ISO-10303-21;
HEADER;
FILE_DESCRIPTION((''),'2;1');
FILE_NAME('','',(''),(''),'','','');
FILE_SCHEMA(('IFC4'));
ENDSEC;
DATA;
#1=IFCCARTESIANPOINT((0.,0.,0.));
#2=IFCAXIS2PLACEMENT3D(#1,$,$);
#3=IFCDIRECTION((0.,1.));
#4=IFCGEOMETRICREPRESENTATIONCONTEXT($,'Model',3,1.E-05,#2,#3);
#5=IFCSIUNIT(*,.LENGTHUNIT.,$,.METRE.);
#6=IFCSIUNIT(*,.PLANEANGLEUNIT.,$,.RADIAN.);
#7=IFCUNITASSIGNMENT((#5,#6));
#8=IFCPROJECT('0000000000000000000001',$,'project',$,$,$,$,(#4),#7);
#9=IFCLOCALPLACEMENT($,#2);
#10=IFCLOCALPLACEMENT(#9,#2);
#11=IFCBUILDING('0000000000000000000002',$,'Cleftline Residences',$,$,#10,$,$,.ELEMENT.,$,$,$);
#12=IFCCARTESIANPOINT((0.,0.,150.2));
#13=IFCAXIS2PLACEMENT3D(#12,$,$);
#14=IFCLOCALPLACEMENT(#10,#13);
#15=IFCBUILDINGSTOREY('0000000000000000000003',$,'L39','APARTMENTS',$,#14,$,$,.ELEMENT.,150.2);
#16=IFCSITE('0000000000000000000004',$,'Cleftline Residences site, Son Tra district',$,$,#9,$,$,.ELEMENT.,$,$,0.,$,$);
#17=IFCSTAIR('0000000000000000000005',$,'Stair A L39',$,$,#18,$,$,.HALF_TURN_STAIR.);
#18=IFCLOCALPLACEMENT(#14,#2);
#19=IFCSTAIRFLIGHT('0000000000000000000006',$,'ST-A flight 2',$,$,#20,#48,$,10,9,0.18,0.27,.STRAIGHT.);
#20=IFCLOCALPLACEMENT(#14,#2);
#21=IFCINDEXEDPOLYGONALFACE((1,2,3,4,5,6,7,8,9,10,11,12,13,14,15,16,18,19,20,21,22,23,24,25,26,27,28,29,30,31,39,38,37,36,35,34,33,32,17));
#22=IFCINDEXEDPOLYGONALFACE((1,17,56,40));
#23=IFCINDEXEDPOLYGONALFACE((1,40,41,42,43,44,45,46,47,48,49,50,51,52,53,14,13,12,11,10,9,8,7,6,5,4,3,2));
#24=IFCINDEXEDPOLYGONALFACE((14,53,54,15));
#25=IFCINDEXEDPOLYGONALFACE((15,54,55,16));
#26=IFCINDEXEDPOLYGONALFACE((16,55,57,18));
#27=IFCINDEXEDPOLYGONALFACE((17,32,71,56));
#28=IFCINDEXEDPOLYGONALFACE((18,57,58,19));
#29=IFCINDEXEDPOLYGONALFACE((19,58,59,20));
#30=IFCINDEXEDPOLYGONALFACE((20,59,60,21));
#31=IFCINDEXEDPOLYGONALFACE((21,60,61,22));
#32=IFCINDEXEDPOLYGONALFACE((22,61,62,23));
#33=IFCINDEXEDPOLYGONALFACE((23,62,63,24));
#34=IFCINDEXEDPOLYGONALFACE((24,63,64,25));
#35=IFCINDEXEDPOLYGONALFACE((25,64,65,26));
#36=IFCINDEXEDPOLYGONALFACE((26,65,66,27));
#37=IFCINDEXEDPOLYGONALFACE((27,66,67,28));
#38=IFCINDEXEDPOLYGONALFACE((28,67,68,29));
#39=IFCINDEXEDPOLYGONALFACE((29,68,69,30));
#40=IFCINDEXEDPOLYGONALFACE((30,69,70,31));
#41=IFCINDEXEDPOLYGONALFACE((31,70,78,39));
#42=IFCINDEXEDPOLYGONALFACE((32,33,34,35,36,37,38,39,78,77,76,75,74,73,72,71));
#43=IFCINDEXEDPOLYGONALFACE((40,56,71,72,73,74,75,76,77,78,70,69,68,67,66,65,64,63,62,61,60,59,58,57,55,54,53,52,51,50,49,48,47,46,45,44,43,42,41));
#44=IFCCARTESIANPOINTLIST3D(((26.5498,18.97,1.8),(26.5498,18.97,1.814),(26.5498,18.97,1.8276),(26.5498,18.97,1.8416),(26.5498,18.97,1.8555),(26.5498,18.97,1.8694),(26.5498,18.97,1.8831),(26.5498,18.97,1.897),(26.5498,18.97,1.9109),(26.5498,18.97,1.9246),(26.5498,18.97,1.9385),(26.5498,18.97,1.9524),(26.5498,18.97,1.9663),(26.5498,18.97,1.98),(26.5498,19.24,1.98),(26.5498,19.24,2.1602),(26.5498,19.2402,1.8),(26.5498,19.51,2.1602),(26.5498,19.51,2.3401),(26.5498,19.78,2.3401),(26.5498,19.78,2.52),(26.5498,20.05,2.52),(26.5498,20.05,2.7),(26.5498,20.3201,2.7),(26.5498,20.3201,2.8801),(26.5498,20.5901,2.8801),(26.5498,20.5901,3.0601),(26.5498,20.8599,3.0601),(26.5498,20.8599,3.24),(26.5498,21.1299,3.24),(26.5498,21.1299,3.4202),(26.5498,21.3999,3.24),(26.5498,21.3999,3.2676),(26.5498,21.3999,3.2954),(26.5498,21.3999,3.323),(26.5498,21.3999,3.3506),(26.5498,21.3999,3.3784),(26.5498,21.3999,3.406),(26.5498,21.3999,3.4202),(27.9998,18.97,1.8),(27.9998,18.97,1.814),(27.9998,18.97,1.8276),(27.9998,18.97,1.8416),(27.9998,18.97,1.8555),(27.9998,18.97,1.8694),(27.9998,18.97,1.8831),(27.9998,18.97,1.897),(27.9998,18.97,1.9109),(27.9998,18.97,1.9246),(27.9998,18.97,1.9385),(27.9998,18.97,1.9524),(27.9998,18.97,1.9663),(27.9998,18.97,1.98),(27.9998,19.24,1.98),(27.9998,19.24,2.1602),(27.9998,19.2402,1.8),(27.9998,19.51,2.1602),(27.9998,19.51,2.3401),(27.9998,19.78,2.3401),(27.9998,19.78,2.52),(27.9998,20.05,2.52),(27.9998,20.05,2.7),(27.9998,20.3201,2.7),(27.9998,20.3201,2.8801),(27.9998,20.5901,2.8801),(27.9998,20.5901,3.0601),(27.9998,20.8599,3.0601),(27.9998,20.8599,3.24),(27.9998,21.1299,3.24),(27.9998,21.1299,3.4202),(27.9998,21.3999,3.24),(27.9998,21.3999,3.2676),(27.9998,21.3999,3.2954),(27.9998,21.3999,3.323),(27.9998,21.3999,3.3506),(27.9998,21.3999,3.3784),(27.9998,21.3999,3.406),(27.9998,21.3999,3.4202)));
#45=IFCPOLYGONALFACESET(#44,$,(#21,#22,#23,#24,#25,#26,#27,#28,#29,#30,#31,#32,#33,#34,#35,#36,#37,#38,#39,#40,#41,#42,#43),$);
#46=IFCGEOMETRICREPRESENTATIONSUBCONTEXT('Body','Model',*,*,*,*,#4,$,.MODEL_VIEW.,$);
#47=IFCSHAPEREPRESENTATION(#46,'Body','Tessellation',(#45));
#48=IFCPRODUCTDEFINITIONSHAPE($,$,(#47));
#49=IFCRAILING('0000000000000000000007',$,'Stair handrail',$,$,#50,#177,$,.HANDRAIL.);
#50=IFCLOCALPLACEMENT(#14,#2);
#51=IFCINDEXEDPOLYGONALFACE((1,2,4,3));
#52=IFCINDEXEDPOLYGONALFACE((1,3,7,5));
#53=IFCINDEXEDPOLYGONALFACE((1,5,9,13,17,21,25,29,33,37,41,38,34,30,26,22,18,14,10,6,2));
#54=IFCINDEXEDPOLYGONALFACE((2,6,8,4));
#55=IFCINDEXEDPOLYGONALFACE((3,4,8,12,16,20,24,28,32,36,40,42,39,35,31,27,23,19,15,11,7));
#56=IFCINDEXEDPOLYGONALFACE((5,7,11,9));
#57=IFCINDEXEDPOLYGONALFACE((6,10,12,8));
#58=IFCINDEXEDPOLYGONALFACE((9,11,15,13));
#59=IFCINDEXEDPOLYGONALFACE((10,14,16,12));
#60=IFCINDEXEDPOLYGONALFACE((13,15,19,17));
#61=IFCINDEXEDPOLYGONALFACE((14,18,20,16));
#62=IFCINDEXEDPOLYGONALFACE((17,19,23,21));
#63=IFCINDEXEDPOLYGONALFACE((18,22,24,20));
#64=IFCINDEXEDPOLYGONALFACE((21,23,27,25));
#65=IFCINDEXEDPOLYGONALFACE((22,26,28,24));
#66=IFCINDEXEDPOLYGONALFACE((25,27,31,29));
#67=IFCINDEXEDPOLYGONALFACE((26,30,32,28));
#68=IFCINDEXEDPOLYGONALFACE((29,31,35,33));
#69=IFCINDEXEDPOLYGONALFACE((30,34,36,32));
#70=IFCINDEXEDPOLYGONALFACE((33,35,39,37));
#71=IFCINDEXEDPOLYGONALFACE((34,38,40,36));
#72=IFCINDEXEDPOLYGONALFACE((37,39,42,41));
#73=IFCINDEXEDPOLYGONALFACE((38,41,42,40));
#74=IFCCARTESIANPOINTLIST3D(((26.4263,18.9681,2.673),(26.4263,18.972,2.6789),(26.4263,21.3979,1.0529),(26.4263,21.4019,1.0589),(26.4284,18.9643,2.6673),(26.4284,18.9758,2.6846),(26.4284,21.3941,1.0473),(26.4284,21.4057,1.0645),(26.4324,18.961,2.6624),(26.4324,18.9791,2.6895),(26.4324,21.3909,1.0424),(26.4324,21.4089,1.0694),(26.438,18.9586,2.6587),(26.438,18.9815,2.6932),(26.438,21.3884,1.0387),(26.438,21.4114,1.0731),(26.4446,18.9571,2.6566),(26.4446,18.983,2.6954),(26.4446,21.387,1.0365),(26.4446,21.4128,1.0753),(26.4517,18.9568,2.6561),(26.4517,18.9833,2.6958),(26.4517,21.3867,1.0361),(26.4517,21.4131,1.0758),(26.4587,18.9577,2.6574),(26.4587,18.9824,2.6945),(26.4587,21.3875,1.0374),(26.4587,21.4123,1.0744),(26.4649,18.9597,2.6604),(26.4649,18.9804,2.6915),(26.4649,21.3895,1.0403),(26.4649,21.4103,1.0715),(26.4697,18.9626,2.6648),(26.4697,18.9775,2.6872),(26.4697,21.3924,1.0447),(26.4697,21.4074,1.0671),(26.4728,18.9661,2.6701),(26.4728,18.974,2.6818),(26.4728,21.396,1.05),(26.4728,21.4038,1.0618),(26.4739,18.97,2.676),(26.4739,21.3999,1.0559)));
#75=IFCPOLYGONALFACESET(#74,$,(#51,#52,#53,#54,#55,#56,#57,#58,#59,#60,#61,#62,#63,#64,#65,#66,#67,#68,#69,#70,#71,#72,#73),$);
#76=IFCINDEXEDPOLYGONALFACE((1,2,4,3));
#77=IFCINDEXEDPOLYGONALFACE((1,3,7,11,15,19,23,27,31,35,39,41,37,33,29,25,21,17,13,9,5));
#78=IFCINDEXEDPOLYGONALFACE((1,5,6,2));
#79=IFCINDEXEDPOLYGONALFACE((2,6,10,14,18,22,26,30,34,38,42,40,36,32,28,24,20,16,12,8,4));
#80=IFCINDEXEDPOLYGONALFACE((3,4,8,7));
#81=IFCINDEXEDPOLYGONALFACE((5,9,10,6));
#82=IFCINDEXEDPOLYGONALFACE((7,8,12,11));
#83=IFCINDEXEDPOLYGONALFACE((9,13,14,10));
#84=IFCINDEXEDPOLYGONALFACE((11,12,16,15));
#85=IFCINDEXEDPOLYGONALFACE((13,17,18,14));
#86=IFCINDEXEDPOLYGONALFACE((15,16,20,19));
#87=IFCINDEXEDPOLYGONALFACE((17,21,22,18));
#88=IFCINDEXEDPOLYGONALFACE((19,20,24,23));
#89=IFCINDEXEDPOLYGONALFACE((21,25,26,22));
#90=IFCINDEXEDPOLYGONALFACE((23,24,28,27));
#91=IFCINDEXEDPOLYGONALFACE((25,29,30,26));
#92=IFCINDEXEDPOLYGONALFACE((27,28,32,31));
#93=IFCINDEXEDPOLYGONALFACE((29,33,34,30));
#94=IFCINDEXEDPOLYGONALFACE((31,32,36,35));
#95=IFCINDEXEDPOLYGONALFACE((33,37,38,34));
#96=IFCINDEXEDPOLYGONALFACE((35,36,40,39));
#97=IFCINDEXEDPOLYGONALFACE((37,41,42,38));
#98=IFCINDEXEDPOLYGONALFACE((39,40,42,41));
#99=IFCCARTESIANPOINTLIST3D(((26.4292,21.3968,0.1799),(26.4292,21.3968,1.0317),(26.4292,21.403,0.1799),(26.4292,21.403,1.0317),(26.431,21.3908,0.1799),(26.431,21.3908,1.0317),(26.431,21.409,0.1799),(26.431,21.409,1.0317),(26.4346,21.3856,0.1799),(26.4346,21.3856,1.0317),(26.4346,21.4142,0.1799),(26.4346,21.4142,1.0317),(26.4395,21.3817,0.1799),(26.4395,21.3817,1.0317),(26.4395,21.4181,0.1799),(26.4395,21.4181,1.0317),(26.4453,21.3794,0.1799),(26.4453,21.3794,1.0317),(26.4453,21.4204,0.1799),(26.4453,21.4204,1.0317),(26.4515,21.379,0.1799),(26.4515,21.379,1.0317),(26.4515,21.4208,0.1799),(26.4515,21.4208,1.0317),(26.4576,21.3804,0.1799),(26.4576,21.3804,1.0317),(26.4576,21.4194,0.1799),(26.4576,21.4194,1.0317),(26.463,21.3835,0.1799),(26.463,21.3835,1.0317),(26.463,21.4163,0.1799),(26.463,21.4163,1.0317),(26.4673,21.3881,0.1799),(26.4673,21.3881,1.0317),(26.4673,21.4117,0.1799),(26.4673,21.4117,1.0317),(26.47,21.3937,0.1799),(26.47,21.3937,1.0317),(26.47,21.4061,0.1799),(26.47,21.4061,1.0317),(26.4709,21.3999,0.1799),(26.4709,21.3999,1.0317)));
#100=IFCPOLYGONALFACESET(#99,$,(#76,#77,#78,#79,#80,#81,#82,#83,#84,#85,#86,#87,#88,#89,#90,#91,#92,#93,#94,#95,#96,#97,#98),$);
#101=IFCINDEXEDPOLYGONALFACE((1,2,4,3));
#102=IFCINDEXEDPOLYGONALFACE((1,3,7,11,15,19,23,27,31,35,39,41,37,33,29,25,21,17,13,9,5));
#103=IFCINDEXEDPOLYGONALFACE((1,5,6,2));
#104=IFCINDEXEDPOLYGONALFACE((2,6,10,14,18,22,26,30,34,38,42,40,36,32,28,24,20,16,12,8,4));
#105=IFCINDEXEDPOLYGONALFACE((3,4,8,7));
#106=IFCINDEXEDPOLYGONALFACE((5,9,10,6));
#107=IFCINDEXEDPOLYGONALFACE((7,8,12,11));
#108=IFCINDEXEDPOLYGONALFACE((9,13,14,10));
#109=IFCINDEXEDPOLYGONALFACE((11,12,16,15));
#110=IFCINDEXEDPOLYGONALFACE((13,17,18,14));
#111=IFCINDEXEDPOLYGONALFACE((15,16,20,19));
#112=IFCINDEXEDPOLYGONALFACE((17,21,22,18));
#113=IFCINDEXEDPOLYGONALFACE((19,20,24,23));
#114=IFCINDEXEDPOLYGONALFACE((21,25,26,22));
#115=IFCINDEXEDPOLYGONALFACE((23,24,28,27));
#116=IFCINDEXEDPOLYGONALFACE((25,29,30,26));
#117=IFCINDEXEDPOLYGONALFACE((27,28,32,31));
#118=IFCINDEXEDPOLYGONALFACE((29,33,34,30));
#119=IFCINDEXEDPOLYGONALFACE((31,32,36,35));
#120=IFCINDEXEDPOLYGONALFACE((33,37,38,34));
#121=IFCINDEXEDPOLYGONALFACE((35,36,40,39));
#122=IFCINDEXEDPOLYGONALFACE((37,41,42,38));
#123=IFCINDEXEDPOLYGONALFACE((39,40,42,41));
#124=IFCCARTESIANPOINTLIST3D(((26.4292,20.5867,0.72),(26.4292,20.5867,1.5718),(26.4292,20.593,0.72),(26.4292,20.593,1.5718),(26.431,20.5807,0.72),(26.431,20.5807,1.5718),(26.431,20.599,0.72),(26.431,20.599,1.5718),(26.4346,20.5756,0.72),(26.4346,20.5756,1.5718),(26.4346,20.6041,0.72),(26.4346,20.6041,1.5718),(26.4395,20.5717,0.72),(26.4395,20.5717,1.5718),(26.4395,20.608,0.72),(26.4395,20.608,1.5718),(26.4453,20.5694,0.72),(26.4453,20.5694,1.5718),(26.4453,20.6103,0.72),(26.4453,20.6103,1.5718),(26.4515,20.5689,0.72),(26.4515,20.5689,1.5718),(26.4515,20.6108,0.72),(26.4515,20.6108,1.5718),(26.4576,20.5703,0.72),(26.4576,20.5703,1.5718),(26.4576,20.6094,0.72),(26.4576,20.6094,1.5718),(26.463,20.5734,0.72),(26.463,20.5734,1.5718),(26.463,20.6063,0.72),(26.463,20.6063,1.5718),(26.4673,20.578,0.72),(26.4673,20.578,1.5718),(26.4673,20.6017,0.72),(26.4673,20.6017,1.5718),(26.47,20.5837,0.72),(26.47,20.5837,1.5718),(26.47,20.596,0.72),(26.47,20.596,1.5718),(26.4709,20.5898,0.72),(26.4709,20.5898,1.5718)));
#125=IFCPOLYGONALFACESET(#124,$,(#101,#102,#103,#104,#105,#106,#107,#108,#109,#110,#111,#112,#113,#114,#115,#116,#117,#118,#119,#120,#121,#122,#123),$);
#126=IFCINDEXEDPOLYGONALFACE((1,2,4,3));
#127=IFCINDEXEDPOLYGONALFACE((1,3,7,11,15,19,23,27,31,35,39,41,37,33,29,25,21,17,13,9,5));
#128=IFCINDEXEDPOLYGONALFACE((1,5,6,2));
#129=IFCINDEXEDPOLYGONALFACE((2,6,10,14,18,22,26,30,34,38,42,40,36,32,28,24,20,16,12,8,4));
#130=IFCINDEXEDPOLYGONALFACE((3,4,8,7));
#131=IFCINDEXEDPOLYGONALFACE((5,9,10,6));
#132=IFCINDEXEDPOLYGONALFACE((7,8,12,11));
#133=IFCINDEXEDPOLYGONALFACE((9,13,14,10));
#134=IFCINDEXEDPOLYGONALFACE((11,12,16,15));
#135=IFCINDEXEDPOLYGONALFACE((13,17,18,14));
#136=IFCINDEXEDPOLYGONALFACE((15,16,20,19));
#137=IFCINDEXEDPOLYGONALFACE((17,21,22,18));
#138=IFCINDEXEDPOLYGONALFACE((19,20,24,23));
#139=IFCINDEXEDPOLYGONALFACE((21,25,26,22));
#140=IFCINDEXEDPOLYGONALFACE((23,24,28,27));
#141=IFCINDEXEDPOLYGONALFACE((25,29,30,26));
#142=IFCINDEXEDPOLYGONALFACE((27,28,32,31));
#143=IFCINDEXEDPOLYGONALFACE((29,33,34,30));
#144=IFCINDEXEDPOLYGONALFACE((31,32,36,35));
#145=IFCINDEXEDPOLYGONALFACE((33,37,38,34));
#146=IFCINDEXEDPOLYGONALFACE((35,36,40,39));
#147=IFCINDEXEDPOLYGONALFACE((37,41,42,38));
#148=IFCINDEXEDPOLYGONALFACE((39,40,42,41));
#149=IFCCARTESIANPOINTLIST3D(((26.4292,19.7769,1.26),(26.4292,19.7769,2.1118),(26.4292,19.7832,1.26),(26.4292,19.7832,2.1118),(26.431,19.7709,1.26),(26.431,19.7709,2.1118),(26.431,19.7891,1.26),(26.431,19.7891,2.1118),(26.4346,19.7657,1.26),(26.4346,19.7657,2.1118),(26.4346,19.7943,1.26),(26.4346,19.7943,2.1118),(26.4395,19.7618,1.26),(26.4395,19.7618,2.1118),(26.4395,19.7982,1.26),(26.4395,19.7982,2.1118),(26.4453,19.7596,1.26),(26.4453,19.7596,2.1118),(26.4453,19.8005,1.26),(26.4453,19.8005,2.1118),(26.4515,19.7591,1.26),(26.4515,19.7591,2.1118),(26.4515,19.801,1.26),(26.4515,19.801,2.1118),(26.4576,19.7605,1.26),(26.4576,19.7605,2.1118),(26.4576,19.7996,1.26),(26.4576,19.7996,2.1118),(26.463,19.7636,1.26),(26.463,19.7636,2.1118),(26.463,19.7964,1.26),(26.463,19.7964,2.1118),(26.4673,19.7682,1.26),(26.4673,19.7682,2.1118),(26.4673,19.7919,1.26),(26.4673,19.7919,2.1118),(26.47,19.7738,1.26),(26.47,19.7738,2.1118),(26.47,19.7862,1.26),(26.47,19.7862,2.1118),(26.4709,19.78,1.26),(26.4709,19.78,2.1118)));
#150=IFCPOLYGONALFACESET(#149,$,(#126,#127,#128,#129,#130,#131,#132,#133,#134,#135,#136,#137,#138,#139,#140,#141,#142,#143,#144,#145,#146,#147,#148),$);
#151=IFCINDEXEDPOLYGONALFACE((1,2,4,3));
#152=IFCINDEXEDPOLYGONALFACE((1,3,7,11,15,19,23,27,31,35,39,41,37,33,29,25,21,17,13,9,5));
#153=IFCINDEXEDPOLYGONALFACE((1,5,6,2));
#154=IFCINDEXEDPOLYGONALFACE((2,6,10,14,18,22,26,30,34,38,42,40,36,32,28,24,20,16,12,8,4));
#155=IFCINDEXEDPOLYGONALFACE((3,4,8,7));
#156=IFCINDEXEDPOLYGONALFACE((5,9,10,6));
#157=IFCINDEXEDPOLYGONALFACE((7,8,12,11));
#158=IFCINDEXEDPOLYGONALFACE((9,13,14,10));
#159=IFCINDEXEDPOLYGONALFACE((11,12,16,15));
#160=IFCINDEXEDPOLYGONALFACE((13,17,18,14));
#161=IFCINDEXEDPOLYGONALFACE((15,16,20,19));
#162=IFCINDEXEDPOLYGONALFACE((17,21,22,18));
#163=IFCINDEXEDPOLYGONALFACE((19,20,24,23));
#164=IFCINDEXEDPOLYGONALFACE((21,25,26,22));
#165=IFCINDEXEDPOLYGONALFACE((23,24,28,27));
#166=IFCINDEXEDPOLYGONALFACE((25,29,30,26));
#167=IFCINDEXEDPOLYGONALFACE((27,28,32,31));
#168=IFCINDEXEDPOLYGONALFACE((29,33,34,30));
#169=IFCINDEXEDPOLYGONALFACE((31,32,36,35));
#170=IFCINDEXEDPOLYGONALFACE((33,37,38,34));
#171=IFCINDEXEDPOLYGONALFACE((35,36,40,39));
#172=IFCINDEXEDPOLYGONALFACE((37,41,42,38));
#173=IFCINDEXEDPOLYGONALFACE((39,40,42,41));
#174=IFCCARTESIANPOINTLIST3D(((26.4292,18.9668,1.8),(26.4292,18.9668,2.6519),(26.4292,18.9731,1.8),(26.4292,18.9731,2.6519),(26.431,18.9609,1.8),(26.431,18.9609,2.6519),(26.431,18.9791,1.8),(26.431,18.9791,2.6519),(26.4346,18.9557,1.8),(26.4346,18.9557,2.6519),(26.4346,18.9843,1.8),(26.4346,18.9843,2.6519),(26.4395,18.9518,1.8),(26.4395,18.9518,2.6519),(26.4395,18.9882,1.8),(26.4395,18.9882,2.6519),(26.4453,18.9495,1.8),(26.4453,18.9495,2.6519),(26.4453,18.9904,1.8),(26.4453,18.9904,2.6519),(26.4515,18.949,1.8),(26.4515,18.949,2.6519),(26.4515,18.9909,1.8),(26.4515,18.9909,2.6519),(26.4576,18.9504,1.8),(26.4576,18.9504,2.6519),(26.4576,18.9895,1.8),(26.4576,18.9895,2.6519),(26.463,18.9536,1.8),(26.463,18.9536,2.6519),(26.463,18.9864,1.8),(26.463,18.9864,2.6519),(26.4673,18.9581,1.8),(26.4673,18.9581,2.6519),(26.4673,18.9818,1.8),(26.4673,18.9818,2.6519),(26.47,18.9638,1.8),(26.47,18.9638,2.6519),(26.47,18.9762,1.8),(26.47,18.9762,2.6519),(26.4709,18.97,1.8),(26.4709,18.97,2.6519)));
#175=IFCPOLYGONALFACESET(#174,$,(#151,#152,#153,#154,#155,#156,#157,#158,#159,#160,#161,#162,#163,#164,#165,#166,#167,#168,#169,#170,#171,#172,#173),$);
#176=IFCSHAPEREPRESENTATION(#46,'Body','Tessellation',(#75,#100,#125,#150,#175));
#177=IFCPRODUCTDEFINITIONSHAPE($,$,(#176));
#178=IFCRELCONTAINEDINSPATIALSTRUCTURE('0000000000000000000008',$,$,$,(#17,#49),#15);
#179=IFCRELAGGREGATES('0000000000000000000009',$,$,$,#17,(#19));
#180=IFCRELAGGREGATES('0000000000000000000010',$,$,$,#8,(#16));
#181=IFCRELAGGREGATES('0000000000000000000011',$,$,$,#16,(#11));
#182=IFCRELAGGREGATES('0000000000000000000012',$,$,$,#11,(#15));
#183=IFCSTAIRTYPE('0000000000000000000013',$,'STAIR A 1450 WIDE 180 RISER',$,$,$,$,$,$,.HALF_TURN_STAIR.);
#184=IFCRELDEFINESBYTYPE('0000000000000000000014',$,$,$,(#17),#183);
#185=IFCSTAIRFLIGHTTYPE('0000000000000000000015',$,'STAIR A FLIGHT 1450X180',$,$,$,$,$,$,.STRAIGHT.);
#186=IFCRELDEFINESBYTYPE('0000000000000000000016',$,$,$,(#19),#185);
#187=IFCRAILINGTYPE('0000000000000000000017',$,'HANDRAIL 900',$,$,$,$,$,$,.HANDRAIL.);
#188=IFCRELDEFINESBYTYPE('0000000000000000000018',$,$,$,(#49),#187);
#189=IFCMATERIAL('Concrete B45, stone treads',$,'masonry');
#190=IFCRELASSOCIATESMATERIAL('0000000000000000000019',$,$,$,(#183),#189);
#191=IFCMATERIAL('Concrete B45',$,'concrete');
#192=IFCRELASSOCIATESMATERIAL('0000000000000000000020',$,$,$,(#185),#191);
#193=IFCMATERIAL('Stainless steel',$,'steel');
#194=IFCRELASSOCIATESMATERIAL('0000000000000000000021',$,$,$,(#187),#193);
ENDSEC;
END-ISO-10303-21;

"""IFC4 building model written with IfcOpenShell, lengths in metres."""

from ifc_helpers import new_model, si_unit, direction, frame, origin, origin_2d, place, context, subcontext, project, spatial, polyline, circle, outline, extrude, material, type_object, element, aggregate, save


model = new_model("IFC4")

# Units and contexts
model_context = context("Model", 3, precision=1e-05, world=origin(), true_north=direction((0.0, 1.0)))
body_context = subcontext(model_context, "Body", "Model", "MODEL_VIEW")
ifc_project = project(units=[si_unit("LENGTHUNIT", "METRE"), si_unit("PLANEANGLEUNIT", "RADIAN")], contexts=[model_context])

# Site, building, storey
site_placement = place(None, origin())
site = spatial("IfcSite", under=ifc_project, at=site_placement, Name="Cleftline Residences site, Son Tra district", CompositionType="ELEMENT", RefElevation=0.0)
building_placement = place(site_placement, origin())
building = spatial("IfcBuilding", under=site, at=building_placement, Name="Cleftline Residences", CompositionType="ELEMENT")
storey_placement = place(building_placement, frame((0.0, 0.0, 150.2)))
storey = spatial("IfcBuildingStorey", under=building, at=storey_placement, Name="L39", Description="APARTMENTS", CompositionType="ELEMENT", Elevation=150.2)

# Stair, stair flight
ifc_material_1 = material(Name="Concrete B45, stone treads", Category="masonry")
stair_type = type_object("IfcStairType", Name="STAIR A 1450 WIDE 180 RISER", PredefinedType="HALF_TURN_STAIR", material=ifc_material_1)
stair_placement = place(storey_placement, origin())
stair = element("IfcStair", 1, at=stair_placement, inside=storey, type_object=stair_type, Name="Stair A L39", PredefinedType="HALF_TURN_STAIR")
ifc_material_2 = material(Name="Concrete B45", Category="concrete")
stair_flight_type = type_object("IfcStairFlightType", Name="STAIR A FLIGHT 1450X180", PredefinedType="STRAIGHT", material=ifc_material_2)
stair_flight_1_placement = place(storey_placement, frame((27.2749, 18.97, 1.8), z_axis=(0.0, 0.0, 1.0), x_axis=(0.0, 1.0, 0.0)))
stair_flight_1 = element("IfcStairFlight", 2, at=stair_flight_1_placement, type_object=stair_flight_type, Name="ST-A flight 2", NumberOfRisers=10, NumberOfTreads=9, PredefinedType="STRAIGHT", RiserHeight=0.18, TreadLength=0.27, context=body_context, shape_type="SweptSolid", body=[
    extrude(outline(polyline([(0.0, 0.0), (0.0, 0.0139), (0.0, 0.0276), (0.0, 0.0415), (0.0, 0.0554), (0.0, 0.0693), (0.0, 0.083), (0.0, 0.0969), (0.0, 0.1108), (0.0, 0.1245), (0.0, 0.1384), (0.0, 0.1523), (0.0, 0.1663), (0.0, 0.1799), (0.27, 0.1799), (0.27, 0.3601), (0.54, 0.3601), (0.54, 0.54), (0.8101, 0.54), (0.8101, 0.72), (1.0801, 0.72), (1.0801, 0.8999), (1.3501, 0.8999), (1.3501, 1.0801), (1.6201, 1.0801), (1.6201, 1.26), (1.8899, 1.26), (1.8899, 1.4399), (2.1599, 1.4399), (2.1599, 1.6201), (2.4299, 1.6201), (2.4299, 1.8), (2.4299, 1.7722), (2.4299, 1.7446), (2.4299, 1.7168), (2.4299, 1.6892), (2.4299, 1.6614), (2.4299, 1.6338), (2.4299, 1.606), (2.4299, 1.5784), (2.4299, 1.5505), (2.4299, 1.5229), (2.4299, 1.4954), (2.4299, 1.4675), (2.4299, 1.4399), (0.2703, 0.0), (0.0, 0.0)])), frame((0.0, 0.7251, 0.0), z_axis=(0.0, -1.0, 0.0), x_axis=(1.0, 0.0, 0.0)), (0.0, 0.0, 1.0), 1.45),
])
aggregate(stair, [stair_flight_1])

# Railing
ifc_material_3 = material(Name="Stainless steel", Category="steel")
railing_type = type_object("IfcRailingType", Name="HANDRAIL 900", PredefinedType="HANDRAIL", material=ifc_material_3)
railing_1_placement = place(storey_placement, frame((26.45, 21.3999, 0.1799)))
element("IfcRailing", 3, at=railing_1_placement, inside=storey, type_object=railing_type, Name="Stair handrail", PredefinedType="HANDRAIL", context=body_context, shape_type="SweptSolid", body=[
    extrude(circle(Radius=0.0239, at=origin_2d()), frame((0.0, 0.0, 0.876), z_axis=(0.0, -0.832025, 0.554739), x_axis=(1.0, 0.0, 0.0)), (0.0, 0.0, 1.0), 2.9204),
    extrude(circle(Radius=0.021, at=origin_2d()), origin(), (0.0, 0.0, 1.0), 0.8518),
    extrude(circle(Radius=0.021, at=origin_2d()), frame((0.0, -0.8101, 0.54)), (0.0, 0.0, 1.0), 0.8518),
    extrude(circle(Radius=0.021, at=origin_2d()), frame((0.0, -1.6199, 1.0801)), (0.0, 0.0, 1.0), 0.8518),
    extrude(circle(Radius=0.021, at=origin_2d()), frame((0.0, -2.4299, 1.6201)), (0.0, 0.0, 1.0), 0.8518),
])

save(model, "model.ifc")
